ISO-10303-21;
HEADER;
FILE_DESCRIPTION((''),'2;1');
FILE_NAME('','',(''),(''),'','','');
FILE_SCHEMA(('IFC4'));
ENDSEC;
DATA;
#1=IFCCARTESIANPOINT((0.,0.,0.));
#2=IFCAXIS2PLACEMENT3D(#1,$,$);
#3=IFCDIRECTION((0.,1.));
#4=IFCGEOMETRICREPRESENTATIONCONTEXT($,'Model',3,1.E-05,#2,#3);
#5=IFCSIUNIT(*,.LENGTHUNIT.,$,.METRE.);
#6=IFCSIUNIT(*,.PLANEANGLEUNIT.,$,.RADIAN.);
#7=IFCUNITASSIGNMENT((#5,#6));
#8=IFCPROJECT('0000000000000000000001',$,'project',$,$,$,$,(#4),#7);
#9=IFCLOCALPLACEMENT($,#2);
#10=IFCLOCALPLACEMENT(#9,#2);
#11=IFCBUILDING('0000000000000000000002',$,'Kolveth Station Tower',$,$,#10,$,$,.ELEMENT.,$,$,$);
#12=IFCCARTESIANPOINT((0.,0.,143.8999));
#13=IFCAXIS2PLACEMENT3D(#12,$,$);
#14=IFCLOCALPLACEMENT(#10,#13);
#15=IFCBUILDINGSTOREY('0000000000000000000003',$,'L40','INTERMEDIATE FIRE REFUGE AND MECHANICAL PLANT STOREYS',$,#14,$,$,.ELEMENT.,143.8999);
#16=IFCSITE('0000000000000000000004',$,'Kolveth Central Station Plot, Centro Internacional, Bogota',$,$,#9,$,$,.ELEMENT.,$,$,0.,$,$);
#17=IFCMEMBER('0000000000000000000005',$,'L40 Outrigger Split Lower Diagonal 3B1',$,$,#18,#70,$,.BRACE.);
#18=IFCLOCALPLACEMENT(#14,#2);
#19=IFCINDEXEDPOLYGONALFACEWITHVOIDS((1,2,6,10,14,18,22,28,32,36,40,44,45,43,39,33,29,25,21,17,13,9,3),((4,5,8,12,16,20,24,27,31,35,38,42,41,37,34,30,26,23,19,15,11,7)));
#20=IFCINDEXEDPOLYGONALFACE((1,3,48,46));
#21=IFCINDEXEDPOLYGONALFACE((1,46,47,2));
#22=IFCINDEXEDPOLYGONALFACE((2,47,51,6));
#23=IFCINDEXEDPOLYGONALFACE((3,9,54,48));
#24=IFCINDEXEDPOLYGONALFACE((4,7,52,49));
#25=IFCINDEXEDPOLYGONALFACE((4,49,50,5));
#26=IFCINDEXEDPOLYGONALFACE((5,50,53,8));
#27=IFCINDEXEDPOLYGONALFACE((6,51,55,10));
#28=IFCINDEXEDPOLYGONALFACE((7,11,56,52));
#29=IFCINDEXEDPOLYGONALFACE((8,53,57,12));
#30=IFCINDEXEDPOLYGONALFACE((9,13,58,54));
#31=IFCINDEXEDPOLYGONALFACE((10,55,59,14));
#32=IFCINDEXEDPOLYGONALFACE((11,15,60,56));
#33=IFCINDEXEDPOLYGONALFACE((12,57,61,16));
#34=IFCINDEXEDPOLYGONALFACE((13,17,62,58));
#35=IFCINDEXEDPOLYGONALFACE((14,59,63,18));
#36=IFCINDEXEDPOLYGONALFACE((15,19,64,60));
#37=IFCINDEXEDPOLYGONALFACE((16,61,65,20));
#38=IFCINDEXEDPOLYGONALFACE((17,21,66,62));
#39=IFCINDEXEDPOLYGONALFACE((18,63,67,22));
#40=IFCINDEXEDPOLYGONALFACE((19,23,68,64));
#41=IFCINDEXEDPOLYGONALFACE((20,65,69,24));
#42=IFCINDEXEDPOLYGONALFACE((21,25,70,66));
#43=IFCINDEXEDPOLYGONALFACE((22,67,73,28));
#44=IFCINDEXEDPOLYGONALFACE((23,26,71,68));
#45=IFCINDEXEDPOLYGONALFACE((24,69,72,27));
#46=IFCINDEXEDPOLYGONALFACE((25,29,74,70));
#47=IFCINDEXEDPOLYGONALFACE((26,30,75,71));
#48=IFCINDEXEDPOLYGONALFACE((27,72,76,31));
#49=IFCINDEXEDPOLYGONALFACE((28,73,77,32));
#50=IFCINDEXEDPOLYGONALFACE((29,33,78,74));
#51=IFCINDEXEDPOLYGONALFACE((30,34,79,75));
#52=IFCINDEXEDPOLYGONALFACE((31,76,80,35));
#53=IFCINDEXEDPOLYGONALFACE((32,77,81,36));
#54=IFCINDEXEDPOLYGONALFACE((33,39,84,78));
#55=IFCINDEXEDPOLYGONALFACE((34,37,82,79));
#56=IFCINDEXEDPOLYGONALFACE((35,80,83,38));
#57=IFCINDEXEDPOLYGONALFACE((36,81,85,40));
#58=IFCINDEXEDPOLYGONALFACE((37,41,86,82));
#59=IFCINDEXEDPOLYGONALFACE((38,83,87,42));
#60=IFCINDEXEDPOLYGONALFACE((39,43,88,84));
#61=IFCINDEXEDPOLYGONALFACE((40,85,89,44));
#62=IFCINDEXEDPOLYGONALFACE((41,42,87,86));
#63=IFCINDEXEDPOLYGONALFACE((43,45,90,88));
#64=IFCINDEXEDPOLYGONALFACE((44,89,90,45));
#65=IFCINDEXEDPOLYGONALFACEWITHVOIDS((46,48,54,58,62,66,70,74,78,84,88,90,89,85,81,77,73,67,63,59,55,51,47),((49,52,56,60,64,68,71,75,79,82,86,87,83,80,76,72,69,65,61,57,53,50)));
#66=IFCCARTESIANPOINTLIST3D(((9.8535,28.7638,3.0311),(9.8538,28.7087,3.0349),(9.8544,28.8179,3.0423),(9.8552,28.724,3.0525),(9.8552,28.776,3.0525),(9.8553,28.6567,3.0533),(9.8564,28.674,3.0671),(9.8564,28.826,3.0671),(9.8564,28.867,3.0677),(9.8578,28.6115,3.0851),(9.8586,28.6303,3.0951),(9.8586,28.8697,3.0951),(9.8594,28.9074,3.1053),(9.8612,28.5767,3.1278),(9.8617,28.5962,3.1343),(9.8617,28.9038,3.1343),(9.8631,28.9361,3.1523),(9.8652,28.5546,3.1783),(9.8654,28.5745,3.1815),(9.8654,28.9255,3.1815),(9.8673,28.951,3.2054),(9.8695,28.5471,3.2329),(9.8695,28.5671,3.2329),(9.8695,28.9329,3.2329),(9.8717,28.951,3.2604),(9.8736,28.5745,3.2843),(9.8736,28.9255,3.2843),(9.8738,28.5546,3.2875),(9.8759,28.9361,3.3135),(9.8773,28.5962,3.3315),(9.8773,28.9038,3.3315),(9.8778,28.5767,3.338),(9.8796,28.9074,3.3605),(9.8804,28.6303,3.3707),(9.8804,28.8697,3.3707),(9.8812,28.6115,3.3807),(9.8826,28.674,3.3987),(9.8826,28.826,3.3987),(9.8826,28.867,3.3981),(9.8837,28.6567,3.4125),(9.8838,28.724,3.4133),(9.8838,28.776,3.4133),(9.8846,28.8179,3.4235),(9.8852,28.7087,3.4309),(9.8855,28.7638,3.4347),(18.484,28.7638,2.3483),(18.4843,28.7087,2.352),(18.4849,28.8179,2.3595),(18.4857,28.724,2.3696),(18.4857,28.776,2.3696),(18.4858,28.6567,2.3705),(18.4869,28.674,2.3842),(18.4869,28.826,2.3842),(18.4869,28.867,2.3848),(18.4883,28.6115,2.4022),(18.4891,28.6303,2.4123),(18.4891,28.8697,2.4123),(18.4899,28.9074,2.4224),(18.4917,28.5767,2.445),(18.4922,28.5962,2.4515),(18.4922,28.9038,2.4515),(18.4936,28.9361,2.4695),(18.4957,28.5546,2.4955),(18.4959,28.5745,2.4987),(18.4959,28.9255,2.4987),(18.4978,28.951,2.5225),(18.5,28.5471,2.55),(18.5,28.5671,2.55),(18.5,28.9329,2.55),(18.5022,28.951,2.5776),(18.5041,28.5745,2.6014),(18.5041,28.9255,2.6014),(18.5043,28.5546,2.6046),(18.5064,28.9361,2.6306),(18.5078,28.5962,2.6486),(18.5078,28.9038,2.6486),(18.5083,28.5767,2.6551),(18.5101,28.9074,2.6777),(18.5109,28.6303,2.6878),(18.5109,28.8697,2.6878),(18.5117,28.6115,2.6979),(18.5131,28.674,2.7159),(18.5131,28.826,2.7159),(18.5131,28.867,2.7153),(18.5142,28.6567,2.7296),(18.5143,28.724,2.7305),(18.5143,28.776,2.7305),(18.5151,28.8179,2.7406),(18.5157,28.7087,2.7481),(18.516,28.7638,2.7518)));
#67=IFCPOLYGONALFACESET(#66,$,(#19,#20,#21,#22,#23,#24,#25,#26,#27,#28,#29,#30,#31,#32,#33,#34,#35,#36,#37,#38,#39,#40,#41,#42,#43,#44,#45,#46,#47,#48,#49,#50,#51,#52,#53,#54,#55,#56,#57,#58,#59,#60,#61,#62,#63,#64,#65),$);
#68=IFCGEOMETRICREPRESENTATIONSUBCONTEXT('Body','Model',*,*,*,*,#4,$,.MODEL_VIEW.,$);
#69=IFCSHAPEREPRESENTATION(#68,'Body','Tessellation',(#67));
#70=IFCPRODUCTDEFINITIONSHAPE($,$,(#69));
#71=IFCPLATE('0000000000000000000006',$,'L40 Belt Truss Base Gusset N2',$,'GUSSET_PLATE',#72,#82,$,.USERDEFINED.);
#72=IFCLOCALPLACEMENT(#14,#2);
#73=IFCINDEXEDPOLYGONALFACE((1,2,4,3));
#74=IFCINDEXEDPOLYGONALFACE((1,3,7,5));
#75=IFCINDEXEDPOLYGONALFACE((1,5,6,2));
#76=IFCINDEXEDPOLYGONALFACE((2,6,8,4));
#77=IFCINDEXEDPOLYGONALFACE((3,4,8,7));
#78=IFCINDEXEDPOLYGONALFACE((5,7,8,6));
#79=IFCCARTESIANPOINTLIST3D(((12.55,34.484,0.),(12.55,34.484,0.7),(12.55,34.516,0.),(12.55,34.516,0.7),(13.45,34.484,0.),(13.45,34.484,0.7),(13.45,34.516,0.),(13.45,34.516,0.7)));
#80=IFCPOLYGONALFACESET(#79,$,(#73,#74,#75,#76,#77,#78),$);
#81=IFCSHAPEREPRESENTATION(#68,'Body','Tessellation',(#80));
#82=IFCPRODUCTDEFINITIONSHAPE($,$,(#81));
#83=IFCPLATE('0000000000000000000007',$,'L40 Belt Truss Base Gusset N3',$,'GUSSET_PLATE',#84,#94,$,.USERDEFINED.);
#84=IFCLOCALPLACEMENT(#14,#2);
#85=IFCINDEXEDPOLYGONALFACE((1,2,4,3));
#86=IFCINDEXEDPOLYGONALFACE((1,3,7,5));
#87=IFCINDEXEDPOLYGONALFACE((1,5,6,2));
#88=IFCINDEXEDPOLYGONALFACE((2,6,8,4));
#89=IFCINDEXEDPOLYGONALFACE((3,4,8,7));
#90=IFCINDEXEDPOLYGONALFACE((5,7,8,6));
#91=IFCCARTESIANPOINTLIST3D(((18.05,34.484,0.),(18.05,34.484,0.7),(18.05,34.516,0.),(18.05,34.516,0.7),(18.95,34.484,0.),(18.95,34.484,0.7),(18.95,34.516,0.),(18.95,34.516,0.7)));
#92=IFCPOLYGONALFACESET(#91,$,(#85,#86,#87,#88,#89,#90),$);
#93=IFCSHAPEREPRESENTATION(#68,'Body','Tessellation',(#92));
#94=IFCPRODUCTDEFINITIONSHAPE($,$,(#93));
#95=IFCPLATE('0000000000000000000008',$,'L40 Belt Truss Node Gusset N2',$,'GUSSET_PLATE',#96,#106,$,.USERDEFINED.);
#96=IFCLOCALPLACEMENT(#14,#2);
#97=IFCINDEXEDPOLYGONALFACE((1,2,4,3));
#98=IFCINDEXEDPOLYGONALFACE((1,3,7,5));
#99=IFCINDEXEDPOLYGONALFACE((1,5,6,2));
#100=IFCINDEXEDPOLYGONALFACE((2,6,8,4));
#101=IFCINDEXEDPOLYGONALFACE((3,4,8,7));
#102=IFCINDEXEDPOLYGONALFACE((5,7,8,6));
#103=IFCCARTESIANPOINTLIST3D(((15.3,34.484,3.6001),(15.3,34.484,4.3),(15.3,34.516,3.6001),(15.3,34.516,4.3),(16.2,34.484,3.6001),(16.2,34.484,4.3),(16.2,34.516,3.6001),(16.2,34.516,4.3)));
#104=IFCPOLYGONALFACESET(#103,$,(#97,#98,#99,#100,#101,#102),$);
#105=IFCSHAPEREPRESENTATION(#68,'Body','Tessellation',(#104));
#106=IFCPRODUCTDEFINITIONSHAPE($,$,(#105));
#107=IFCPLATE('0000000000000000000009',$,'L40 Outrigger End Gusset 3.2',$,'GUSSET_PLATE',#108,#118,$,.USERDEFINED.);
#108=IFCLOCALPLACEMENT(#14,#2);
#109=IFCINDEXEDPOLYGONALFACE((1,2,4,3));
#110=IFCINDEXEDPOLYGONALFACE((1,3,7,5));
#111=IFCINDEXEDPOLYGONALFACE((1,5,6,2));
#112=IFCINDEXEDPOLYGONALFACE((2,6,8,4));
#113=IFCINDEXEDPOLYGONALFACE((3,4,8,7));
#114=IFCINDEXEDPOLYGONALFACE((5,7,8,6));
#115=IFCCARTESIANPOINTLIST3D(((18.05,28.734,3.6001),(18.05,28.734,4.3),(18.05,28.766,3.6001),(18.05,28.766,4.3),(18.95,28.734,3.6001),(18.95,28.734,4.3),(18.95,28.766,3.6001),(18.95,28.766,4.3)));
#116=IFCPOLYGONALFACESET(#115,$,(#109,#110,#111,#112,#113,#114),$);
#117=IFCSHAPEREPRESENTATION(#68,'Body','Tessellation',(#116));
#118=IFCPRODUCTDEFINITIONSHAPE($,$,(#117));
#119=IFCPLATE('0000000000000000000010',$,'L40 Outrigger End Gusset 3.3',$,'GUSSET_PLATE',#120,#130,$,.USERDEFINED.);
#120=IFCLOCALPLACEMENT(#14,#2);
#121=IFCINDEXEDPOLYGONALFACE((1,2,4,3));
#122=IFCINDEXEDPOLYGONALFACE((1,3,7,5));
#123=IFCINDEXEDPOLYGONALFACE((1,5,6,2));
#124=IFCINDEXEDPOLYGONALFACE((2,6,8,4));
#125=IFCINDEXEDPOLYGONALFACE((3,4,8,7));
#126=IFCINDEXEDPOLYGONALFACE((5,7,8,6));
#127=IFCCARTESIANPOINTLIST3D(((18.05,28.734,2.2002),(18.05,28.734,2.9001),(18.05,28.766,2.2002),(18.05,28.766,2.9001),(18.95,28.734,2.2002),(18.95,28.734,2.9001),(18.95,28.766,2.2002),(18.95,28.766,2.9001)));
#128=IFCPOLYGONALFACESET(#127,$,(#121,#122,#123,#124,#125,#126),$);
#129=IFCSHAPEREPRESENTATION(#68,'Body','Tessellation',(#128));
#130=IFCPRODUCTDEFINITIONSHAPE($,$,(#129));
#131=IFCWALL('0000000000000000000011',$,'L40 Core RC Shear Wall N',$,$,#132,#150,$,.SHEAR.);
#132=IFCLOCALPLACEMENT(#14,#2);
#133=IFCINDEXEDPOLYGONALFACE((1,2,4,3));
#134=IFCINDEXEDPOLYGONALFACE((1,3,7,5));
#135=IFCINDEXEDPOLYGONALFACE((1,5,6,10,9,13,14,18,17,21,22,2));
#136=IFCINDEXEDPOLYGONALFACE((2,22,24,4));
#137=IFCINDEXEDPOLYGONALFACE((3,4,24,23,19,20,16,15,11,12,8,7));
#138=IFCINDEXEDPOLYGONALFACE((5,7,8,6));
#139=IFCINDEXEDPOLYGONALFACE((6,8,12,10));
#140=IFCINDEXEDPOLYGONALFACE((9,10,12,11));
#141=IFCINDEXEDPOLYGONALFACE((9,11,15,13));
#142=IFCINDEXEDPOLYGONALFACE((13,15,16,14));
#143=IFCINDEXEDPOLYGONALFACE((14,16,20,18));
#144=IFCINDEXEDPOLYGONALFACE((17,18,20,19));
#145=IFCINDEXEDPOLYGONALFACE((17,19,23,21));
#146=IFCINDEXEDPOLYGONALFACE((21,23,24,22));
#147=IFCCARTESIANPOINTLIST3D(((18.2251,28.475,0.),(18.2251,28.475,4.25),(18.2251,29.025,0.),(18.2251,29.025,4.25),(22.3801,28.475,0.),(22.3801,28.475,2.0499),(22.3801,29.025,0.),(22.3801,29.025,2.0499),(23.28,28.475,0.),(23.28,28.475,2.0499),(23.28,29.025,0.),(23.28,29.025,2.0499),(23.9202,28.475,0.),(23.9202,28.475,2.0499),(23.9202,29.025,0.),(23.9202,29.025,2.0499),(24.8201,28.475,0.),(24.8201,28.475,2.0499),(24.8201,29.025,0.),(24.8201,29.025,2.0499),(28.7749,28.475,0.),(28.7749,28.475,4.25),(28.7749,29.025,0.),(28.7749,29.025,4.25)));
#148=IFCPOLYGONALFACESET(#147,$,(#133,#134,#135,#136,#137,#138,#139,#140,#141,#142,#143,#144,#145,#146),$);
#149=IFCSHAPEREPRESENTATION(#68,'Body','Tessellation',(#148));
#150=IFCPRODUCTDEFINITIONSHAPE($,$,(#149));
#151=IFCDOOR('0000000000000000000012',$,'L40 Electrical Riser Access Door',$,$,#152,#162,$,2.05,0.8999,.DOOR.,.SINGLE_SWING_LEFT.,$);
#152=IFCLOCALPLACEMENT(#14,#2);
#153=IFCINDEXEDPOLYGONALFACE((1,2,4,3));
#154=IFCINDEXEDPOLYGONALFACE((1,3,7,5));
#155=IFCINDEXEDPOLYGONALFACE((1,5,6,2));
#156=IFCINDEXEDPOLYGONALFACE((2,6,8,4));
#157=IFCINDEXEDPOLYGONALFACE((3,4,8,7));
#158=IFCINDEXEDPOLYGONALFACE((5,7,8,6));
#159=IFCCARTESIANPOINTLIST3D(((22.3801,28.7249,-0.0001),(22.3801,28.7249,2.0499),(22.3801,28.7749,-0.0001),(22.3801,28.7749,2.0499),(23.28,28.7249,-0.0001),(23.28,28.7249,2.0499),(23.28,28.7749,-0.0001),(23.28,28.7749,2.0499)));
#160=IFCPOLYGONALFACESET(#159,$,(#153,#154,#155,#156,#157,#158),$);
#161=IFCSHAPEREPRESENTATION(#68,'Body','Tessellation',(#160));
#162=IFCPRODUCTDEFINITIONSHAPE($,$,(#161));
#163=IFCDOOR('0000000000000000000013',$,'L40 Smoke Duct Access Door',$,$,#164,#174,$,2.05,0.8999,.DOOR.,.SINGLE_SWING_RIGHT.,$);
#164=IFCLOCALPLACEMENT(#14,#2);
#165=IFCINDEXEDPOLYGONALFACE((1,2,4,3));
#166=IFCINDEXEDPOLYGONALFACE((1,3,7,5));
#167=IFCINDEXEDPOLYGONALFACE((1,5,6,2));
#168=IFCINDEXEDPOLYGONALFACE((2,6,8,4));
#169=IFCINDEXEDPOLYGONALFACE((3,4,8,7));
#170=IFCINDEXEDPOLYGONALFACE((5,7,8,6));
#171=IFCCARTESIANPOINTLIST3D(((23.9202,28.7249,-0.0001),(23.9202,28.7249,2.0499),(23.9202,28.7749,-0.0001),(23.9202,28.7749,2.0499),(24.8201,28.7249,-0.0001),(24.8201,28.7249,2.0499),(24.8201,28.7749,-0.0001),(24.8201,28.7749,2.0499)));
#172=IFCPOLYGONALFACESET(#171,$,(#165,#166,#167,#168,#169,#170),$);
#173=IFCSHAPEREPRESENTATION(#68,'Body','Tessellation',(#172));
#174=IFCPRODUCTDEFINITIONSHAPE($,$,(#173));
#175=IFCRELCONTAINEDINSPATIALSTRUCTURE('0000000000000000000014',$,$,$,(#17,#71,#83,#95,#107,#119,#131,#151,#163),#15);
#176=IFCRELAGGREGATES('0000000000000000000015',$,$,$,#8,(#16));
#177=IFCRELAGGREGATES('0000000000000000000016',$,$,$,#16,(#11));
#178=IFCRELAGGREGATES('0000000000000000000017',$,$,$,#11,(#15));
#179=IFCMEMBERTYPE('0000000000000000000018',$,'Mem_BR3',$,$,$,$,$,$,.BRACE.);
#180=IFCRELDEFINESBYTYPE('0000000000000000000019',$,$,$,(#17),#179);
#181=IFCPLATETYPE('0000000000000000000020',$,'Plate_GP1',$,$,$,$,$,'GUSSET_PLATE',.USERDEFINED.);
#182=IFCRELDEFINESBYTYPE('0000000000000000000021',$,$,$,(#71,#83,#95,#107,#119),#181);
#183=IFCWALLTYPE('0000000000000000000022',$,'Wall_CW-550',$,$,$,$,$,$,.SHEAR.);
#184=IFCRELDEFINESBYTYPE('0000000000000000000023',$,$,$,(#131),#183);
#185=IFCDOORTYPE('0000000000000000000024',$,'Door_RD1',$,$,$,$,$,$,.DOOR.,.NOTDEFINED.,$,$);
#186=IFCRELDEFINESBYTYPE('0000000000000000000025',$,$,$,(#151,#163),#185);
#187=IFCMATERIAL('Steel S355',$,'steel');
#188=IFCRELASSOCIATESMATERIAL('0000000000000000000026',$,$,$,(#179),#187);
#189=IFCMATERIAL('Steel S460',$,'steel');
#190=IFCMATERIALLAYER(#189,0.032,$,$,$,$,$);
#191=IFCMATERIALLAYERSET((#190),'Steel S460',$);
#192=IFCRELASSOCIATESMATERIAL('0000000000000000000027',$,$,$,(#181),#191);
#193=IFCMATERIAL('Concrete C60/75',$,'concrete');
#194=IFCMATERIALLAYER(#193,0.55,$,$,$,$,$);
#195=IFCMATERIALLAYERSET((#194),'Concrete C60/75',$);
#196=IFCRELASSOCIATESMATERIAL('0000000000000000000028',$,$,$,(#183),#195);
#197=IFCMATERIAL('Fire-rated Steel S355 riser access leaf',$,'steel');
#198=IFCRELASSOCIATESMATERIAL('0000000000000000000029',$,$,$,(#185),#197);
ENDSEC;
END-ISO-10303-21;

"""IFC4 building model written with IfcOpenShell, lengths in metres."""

from ifc_helpers import new_model, si_unit, direction, frame, frame_2d, origin, origin_2d, place, context, subcontext, project, spatial, rectangle, hollow_circle, extrude, source, transform, mapped, material, layer, layer_set, material_profile, profile_set, type_object, element, fill, save


model = new_model("IFC4")

# Units and contexts
model_context = context("Model", 3, precision=1e-05, world=origin(), true_north=direction((0.0, 1.0)))
body_context = subcontext(model_context, "Body", "Model", "MODEL_VIEW")
ifc_project = project(units=[si_unit("LENGTHUNIT", "METRE"), si_unit("PLANEANGLEUNIT", "RADIAN")], contexts=[model_context])

# Site, building, storey
site_placement = place(None, origin())
site = spatial("IfcSite", under=ifc_project, at=site_placement, Name="Kolveth Central Station Plot, Centro Internacional, Bogota", CompositionType="ELEMENT", RefElevation=0.0)
building_placement = place(site_placement, origin())
building = spatial("IfcBuilding", under=site, at=building_placement, Name="Kolveth Station Tower", CompositionType="ELEMENT")
storey_placement = place(building_placement, frame((0.0, 0.0, 143.8999)))
storey = spatial("IfcBuildingStorey", under=building, at=storey_placement, Name="L40", Description="INTERMEDIATE FIRE REFUGE AND MECHANICAL PLANT STOREYS", CompositionType="ELEMENT", Elevation=143.8999)

# Shared definitions
ifc_material_1 = material(Name="Steel S460", Category="steel")
ifc_material_2 = material(Name="Steel S355", Category="steel")

# Member
ifc_material_profile_1 = material_profile(ifc_material_2, hollow_circle(Radius=0.2029, WallThickness=0.02, at=origin_2d()), Name="CHS406x20")
ifc_profile_set_1 = profile_set([ifc_material_profile_1], Name="Steel S355")
member_type_1 = type_object("IfcMemberType", Name="Mem_BR3", PredefinedType="BRACE", material=ifc_profile_set_1)
shared_shape_1 = source(origin(), body_context, "Body", "SweptSolid", [
    extrude(hollow_circle(Radius=0.2029, WallThickness=0.02, at=origin_2d()), origin(), (0.0, 0.0, 1.0), 8.6575),
])
member_1_placement = place(storey_placement, frame((18.5, 28.75, 2.55), z_axis=(-0.996885, 0.0, 0.078874), x_axis=(0.0, -1.0, 0.0)))
element("IfcMember", 1, at=member_1_placement, inside=storey, type_object=member_type_1, Name="L40 Outrigger Split Lower Diagonal 3B1", PredefinedType="BRACE", context=body_context, shape_type="MappedRepresentation", body=[
    mapped(shared_shape_1, transform((0.0, 0.0, 0.0), x_axis=(1.0, 0.0, 0.0), y_axis=(0.0, 1.0, 0.0), z_axis=(0.0, 0.0, 1.0), scale=1.0)),
])

# Plates
ifc_layer_1 = layer(ifc_material_1, 0.032)
ifc_layer_set_1 = layer_set([ifc_layer_1], Name="Steel S460")
plate_type = type_object("IfcPlateType", Name="Plate_GP1", ElementType="GUSSET_PLATE", PredefinedType="USERDEFINED", material=ifc_layer_set_1)
shared_shape_2 = source(origin(), body_context, "Body", "SweptSolid", [
    extrude(rectangle(XDim=0.8999, YDim=0.032, at=origin_2d()), origin(), (0.0, 0.0, 1.0), 0.7),
])
for number, where, z_axis, x_axis, name in (
    (2, (13.0, 34.5, 0.0), (0.0, 0.0, 1.0), (1.0, 0.0, 0.0), "L40 Belt Truss Base Gusset N2"),
    (3, (18.5, 34.5, 0.0), (0.0, 0.0, 1.0), (1.0, 0.0, 0.0), "L40 Belt Truss Base Gusset N3"),
    (4, (15.75, 34.5, 3.6001), (0.0, 0.0, 1.0), (1.0, 0.0, 0.0), "L40 Belt Truss Node Gusset N2"),
    (5, (18.5, 28.75, 3.6001), (0.0, 0.0, 1.0), (1.0, 0.0, 0.0), "L40 Outrigger End Gusset 3.2"),
    (6, (18.5, 28.75, 2.2002), (0.0, 0.0, 1.0), (1.0, 0.0, 0.0), "L40 Outrigger End Gusset 3.3"),
):
    element("IfcPlate", number, at=place(storey_placement, frame(where, z_axis=z_axis, x_axis=x_axis)), inside=storey, type_object=plate_type, Name=name, ObjectType="GUSSET_PLATE", PredefinedType="USERDEFINED", context=body_context, shape_type="MappedRepresentation", body=[
        mapped(shared_shape_2, transform((0.0, 0.0, 0.0), x_axis=(1.0, 0.0, 0.0), y_axis=(0.0, 1.0, 0.0), z_axis=(0.0, 0.0, 1.0), scale=1.0)),
    ])

# Wall, openings, doors
ifc_material_3 = material(Name="Concrete C60/75", Category="concrete")
ifc_layer_2 = layer(ifc_material_3, 0.55)
ifc_layer_set_2 = layer_set([ifc_layer_2], Name="Concrete C60/75")
wall_type = type_object("IfcWallType", Name="Wall_CW-550", PredefinedType="SHEAR", material=ifc_layer_set_2)
wall_placement = place(storey_placement, frame((18.2251, 28.75, 0.0), z_axis=(0.0, 0.0, 1.0), x_axis=(1.0, 0.0, 0.0)))
wall = element("IfcWall", 7, at=wall_placement, inside=storey, type_object=wall_type, Name="L40 Core RC Shear Wall N", PredefinedType="SHEAR", context=body_context, shape_type="SweptSolid", body=[
    extrude(rectangle(XDim=10.5498, YDim=0.55, at=frame_2d((5.2749, 0.0))), origin(), (0.0, 0.0, 1.0), 4.25),
])
opening_1_placement = place(wall_placement, frame((4.155, 0.0, 0.0)))
opening_1 = element("IfcOpeningElement", 8, at=opening_1_placement, cuts=wall, PredefinedType="OPENING", context=body_context, shape_type="SweptSolid", body=[
    extrude(rectangle(XDim=0.8999, YDim=2.05, at=frame_2d((0.45, 1.0249))), frame((0.0, 0.2849, 0.0), z_axis=(0.0, -1.0, 0.0), x_axis=(1.0, 0.0, 0.0)), (0.0, 0.0, 1.0), 0.5701),
])
opening_2_placement = place(wall_placement, frame((5.6951, 0.0, 0.0)))
opening_2 = element("IfcOpeningElement", 9, at=opening_2_placement, cuts=wall, PredefinedType="OPENING", context=body_context, shape_type="SweptSolid", body=[
    extrude(rectangle(XDim=0.8999, YDim=2.05, at=frame_2d((0.45, 1.0249))), frame((0.0, 0.2849, 0.0), z_axis=(0.0, -1.0, 0.0), x_axis=(1.0, 0.0, 0.0)), (0.0, 0.0, 1.0), 0.5701),
])
ifc_material_4 = material(Name="Fire-rated Steel S355 riser access leaf", Category="steel")
door_type = type_object("IfcDoorType", Name="Door_RD1", OperationType="NOTDEFINED", PredefinedType="DOOR", material=ifc_material_4)
door_1_placement = place(opening_1_placement, origin())
door_1 = element("IfcDoor", 10, at=door_1_placement, inside=storey, type_object=door_type, Name="L40 Electrical Riser Access Door", OperationType="SINGLE_SWING_LEFT", OverallHeight=2.05, OverallWidth=0.8999, PredefinedType="DOOR", context=body_context, shape_type="SweptSolid", body=[
    extrude(rectangle(XDim=0.8999, YDim=2.05, at=frame_2d((0.45, 1.0249))), frame((0.0, 0.0249, 0.0), z_axis=(0.0, -1.0, 0.0), x_axis=(1.0, 0.0, 0.0)), (0.0, 0.0, 1.0), 0.05),
])
fill(opening_1, door_1)
door_2_placement = place(opening_2_placement, origin())
door_2 = element("IfcDoor", 11, at=door_2_placement, inside=storey, type_object=door_type, Name="L40 Smoke Duct Access Door", OperationType="SINGLE_SWING_RIGHT", OverallHeight=2.05, OverallWidth=0.8999, PredefinedType="DOOR", context=body_context, shape_type="SweptSolid", body=[
    extrude(rectangle(XDim=0.8999, YDim=2.05, at=frame_2d((0.45, 1.0249))), frame((0.0, 0.0249, 0.0), z_axis=(0.0, -1.0, 0.0), x_axis=(1.0, 0.0, 0.0)), (0.0, 0.0, 1.0), 0.05),
])
fill(opening_2, door_2)

save(model, "model.ifc")
